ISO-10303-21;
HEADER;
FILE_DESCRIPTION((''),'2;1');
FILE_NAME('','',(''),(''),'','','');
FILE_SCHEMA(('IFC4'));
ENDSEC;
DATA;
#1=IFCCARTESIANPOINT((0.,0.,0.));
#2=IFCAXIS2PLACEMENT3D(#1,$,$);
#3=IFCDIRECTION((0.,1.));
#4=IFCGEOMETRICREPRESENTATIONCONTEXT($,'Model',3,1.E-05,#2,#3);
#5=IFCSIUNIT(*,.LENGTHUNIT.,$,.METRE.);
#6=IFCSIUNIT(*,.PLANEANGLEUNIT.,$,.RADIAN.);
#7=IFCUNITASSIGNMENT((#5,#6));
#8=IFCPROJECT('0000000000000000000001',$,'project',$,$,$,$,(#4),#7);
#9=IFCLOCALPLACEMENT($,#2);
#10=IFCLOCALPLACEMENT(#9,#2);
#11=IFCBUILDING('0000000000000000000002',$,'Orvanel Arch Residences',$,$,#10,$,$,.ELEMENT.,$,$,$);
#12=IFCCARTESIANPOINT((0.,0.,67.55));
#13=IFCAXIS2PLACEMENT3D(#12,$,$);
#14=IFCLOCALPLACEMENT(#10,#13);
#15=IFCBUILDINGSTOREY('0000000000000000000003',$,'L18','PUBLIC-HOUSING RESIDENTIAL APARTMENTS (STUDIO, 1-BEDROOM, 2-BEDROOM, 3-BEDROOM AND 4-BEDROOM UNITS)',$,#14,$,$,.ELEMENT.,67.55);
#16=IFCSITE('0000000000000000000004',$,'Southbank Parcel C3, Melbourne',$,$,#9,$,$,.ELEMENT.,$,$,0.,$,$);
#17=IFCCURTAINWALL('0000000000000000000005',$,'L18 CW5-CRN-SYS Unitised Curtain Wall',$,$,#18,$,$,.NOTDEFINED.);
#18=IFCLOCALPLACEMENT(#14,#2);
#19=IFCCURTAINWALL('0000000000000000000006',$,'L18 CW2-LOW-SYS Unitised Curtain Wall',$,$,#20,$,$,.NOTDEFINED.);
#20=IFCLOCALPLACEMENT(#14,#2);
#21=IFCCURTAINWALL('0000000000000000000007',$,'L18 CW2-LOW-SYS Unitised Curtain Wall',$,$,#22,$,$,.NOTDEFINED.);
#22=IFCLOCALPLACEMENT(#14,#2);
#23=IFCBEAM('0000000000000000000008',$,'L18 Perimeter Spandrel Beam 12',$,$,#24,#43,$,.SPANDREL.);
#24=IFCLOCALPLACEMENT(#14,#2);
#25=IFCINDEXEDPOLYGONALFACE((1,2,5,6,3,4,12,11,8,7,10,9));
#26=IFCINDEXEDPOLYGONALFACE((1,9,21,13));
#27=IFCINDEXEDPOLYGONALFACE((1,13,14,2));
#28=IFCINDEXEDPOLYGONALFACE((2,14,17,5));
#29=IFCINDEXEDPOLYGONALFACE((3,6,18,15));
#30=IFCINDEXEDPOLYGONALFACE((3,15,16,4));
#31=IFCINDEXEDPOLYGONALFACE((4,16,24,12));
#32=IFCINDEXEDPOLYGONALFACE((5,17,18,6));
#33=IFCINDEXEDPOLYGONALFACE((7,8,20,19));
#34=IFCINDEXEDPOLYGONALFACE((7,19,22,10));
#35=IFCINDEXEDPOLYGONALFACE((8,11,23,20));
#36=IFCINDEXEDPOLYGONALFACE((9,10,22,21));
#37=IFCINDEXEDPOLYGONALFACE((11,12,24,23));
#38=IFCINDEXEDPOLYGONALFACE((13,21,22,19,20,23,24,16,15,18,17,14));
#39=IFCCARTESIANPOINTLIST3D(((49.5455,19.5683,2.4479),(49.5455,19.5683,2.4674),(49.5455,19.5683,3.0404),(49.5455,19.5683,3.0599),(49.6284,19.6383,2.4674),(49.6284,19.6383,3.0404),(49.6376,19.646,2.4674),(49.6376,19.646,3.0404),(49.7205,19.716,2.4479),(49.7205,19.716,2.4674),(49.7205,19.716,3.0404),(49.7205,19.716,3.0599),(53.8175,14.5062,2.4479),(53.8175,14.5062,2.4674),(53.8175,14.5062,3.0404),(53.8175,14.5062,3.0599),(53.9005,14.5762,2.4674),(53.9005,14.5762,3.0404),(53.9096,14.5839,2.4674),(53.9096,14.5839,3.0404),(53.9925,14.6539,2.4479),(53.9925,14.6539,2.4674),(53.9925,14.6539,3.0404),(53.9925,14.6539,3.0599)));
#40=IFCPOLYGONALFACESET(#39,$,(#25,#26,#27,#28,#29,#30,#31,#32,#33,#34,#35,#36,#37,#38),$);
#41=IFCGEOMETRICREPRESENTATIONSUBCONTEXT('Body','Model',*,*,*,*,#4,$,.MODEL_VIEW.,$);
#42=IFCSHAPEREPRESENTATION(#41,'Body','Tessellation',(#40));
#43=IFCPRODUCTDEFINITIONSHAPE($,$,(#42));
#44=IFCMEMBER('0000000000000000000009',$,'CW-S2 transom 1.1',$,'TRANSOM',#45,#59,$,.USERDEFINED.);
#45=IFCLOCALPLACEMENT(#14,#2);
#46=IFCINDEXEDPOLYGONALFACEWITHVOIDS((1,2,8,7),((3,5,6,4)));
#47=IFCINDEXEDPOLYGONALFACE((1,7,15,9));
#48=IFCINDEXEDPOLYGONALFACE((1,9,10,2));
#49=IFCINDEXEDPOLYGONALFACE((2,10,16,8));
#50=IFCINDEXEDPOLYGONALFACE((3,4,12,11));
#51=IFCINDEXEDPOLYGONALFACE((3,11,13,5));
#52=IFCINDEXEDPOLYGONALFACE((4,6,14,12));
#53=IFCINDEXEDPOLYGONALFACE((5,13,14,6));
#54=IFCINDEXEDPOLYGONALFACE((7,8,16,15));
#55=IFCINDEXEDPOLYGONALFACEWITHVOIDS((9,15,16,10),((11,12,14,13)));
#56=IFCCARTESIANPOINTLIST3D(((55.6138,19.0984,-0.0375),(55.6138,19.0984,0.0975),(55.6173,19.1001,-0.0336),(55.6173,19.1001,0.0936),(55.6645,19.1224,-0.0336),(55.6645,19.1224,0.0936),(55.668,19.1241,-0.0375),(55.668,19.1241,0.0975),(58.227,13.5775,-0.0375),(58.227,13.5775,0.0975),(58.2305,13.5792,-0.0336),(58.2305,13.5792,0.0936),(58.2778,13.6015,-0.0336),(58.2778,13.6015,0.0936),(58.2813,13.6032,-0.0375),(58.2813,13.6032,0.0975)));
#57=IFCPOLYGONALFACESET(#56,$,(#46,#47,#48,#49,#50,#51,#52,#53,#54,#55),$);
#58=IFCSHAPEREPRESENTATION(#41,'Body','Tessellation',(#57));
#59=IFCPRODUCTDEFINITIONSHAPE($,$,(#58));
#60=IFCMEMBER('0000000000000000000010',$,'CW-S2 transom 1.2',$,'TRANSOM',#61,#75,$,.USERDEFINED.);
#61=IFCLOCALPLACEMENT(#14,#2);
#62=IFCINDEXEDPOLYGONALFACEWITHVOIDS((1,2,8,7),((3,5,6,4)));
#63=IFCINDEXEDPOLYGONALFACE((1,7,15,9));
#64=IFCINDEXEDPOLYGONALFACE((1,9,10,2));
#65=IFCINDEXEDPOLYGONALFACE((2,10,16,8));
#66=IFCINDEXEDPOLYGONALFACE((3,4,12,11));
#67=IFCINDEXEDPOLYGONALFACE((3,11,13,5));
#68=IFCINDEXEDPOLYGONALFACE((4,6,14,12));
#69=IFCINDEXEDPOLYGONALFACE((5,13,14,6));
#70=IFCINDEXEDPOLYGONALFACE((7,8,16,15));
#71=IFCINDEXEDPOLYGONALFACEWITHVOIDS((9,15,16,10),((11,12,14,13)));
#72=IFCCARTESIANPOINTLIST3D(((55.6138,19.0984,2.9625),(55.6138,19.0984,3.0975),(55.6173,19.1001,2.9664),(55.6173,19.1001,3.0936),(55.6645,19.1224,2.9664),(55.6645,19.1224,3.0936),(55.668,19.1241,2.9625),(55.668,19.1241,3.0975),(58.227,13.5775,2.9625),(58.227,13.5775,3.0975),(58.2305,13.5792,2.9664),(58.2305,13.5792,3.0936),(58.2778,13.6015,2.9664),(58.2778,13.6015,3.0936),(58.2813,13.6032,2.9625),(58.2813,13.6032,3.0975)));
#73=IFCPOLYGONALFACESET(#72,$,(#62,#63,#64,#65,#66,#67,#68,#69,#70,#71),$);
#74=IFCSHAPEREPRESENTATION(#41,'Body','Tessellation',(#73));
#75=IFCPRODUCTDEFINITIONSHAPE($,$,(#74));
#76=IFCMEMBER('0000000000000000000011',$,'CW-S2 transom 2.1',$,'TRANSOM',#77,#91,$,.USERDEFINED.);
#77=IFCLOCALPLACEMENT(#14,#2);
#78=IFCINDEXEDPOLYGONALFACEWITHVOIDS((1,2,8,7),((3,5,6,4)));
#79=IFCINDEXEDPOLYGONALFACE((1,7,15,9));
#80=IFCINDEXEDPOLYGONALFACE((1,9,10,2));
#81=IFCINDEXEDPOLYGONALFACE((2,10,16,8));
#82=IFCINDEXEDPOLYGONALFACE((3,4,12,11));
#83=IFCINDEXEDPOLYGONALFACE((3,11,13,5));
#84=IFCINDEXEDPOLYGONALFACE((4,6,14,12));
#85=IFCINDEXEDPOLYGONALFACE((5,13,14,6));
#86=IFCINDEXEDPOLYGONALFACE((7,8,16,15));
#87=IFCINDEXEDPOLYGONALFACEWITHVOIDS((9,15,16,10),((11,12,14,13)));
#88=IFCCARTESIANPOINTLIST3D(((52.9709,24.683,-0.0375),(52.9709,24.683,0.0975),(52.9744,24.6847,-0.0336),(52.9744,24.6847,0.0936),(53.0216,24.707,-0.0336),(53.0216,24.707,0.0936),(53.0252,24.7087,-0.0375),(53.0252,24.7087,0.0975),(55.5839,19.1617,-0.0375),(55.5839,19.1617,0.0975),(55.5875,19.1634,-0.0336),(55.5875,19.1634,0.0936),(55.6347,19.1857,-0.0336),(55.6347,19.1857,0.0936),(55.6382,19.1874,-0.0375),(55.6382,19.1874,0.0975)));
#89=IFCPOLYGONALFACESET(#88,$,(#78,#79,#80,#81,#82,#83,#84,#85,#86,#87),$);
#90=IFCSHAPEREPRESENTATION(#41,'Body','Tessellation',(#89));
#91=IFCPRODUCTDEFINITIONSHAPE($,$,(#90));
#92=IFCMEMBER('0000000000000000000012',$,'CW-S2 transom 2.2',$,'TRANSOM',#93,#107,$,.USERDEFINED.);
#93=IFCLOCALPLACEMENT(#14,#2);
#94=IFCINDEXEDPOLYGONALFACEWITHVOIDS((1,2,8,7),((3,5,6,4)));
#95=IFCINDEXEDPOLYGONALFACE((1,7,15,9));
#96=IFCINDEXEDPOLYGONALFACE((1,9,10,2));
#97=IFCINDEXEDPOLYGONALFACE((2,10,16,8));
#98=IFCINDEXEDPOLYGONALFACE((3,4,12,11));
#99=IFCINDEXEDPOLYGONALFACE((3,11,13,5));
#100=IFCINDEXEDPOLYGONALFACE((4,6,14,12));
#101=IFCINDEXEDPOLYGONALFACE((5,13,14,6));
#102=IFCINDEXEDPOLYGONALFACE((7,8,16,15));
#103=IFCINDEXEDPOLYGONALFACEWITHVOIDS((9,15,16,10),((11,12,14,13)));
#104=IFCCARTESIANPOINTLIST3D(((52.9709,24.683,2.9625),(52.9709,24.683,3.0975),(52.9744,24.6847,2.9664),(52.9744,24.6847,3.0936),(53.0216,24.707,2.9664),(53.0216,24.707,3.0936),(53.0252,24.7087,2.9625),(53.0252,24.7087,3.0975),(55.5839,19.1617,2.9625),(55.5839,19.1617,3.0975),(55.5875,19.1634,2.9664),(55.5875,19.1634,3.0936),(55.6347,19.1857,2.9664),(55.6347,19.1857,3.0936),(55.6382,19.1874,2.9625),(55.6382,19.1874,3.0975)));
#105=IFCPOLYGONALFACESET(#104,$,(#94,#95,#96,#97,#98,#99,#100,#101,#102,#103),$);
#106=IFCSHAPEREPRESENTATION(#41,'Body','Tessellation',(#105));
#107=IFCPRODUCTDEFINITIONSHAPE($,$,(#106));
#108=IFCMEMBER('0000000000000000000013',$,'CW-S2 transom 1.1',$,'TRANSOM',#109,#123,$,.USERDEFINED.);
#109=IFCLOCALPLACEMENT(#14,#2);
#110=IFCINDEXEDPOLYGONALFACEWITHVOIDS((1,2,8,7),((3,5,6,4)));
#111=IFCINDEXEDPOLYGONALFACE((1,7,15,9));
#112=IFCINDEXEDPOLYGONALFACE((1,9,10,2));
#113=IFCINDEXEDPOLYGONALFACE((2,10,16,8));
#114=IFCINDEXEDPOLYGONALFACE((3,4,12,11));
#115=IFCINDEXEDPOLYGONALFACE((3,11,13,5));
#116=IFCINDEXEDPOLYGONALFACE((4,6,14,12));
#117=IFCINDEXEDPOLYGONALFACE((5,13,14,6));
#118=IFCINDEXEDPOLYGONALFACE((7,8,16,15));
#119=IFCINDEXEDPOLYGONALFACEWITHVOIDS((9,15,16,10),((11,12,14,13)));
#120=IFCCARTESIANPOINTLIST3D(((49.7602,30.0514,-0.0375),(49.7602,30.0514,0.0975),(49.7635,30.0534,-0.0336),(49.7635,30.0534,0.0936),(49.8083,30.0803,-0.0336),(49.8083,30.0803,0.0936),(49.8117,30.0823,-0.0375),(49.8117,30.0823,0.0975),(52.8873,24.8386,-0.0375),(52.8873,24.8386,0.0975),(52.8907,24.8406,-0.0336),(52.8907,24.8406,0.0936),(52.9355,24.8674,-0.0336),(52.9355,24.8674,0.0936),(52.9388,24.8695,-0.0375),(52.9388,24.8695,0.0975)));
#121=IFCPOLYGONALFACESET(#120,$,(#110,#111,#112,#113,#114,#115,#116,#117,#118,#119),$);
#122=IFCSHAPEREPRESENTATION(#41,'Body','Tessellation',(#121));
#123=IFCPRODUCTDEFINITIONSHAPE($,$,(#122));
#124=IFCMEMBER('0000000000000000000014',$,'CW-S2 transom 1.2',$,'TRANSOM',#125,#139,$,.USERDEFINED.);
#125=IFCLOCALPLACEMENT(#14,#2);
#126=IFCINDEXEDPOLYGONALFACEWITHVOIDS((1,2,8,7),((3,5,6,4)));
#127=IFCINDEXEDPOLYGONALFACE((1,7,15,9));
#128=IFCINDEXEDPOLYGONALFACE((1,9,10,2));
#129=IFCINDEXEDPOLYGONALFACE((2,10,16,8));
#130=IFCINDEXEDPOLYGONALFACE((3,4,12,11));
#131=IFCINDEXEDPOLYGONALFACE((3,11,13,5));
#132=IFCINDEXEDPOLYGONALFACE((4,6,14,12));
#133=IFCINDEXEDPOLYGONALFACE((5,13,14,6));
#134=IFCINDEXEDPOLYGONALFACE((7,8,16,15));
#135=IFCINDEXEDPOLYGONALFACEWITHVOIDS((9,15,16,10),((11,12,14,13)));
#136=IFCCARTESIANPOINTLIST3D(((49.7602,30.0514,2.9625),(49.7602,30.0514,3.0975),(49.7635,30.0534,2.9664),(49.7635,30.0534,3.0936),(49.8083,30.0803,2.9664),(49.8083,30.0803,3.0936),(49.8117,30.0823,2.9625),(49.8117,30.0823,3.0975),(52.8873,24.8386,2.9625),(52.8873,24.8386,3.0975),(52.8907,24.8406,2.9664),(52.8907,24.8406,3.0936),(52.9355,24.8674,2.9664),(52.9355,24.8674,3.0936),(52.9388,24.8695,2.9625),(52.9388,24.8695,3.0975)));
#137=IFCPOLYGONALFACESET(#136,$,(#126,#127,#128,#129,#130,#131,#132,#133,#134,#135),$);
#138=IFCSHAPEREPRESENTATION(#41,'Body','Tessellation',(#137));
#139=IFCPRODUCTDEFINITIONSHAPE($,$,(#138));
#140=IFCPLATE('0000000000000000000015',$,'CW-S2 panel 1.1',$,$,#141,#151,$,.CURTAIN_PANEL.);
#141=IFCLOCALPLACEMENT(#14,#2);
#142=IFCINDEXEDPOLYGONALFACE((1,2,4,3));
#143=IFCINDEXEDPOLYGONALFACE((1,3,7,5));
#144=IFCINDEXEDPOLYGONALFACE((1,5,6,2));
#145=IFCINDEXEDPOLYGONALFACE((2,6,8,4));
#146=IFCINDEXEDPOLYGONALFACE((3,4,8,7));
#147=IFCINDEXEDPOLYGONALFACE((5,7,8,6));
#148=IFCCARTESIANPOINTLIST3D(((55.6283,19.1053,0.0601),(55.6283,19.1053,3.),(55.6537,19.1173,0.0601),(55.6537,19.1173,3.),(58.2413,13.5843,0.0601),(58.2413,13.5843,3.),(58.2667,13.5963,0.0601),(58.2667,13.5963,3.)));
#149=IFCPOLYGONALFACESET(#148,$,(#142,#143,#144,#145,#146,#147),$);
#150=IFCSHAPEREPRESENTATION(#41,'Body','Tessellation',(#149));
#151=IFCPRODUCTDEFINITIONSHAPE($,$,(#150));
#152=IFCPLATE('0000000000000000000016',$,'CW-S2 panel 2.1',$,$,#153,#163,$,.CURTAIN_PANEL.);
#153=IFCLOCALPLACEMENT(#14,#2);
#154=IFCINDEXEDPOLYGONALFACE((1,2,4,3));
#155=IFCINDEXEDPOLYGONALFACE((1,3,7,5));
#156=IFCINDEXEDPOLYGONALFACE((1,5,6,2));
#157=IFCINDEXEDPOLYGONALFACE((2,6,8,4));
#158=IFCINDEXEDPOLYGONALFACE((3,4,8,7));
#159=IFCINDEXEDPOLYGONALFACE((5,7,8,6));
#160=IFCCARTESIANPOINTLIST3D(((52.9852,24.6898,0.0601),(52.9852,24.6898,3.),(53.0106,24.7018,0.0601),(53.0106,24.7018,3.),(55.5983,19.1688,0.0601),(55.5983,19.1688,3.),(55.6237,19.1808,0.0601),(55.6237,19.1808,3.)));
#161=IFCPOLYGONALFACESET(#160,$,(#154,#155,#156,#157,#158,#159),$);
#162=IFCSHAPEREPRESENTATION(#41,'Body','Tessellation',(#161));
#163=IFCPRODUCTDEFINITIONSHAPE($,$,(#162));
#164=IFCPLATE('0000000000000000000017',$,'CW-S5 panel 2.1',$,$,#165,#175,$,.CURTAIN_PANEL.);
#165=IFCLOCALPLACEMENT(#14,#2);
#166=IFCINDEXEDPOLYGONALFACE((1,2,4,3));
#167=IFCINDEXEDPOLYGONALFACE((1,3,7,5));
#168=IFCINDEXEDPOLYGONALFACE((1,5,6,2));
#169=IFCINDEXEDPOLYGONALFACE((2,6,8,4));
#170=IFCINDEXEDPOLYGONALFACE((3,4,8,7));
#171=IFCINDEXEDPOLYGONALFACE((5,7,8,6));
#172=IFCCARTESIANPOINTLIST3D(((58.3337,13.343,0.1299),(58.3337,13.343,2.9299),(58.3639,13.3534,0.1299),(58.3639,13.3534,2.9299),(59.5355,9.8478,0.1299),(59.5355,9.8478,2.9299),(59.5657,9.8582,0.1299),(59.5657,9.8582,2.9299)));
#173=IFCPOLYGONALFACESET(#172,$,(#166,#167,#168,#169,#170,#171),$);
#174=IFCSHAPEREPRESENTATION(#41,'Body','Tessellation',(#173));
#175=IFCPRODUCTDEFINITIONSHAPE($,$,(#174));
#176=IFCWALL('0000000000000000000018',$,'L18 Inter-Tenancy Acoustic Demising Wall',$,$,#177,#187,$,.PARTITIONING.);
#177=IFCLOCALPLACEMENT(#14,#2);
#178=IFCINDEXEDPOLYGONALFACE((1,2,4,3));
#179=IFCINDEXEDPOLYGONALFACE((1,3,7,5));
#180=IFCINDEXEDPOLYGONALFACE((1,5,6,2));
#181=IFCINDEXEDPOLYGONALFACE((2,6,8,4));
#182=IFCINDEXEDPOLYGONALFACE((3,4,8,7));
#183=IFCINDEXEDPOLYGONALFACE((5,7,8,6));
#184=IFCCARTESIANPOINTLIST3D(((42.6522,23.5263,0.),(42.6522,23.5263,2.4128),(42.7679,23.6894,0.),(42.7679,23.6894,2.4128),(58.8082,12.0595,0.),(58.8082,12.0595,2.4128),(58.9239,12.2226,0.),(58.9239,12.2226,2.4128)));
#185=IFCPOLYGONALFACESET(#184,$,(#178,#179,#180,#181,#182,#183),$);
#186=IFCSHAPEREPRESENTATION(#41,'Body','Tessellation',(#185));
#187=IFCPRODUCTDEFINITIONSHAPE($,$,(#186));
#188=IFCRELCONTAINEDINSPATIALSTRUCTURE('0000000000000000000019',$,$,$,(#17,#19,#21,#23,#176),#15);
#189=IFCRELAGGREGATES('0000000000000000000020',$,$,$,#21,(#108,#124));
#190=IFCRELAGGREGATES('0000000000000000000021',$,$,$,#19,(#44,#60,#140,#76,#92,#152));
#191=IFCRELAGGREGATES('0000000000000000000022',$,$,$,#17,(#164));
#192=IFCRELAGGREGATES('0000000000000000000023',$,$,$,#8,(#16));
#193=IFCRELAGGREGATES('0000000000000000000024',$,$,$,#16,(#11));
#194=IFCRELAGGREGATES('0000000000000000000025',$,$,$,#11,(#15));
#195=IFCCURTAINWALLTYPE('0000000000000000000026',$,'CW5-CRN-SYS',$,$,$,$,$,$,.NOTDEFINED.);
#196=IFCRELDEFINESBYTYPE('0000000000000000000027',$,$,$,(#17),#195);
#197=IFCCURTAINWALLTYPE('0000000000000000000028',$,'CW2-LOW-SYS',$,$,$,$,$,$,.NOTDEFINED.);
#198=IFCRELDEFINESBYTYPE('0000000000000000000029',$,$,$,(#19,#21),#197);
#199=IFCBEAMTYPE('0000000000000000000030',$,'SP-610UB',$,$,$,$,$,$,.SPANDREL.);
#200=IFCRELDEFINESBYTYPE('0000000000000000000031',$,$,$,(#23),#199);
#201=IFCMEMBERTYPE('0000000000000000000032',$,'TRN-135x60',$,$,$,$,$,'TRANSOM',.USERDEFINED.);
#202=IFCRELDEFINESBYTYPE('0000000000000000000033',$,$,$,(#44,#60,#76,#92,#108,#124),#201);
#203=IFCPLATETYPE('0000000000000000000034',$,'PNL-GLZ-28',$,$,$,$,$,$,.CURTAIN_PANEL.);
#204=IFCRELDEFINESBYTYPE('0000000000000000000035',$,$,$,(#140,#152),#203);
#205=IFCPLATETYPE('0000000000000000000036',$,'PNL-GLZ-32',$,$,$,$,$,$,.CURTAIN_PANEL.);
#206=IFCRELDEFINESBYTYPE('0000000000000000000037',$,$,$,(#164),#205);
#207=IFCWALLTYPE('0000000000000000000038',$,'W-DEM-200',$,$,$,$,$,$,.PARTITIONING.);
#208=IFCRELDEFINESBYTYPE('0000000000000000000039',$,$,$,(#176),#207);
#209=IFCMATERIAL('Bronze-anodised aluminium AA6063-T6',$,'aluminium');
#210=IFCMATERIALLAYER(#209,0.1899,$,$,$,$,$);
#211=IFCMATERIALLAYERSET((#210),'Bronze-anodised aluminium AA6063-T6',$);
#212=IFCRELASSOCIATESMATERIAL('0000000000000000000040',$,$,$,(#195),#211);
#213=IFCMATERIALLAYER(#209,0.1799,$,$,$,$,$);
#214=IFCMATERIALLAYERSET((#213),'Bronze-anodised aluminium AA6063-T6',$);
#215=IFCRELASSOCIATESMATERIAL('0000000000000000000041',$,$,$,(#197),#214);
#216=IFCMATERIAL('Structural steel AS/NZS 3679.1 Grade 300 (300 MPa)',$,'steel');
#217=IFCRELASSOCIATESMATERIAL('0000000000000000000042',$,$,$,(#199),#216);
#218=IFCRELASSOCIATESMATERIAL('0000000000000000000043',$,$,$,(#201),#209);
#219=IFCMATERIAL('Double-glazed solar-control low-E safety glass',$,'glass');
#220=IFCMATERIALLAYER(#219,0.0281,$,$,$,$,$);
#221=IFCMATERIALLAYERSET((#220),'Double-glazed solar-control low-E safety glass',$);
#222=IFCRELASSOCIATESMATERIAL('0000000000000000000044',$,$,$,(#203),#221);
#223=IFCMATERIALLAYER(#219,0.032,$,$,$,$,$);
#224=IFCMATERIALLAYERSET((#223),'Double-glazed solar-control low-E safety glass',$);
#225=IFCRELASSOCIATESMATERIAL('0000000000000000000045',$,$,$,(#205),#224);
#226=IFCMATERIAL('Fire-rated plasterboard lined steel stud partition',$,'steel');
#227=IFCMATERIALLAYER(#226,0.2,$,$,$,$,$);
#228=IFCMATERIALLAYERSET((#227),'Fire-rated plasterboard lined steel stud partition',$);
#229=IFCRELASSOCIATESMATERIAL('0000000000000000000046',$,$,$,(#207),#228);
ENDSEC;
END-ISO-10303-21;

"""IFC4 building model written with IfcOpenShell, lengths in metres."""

from ifc_helpers import new_model, si_unit, direction, frame, frame_2d, origin, origin_2d, place, context, subcontext, project, spatial, rectangle, hollow_rectangle, i_section, extrude, material, layer, layer_set, material_profile, profile_set, type_object, element, aggregate, save


model = new_model("IFC4")

# Units and contexts
model_context = context("Model", 3, precision=1e-05, world=origin(), true_north=direction((0.0, 1.0)))
body_context = subcontext(model_context, "Body", "Model", "MODEL_VIEW")
ifc_project = project(units=[si_unit("LENGTHUNIT", "METRE"), si_unit("PLANEANGLEUNIT", "RADIAN")], contexts=[model_context])

# Site, building, storey
site_placement = place(None, origin())
site = spatial("IfcSite", under=ifc_project, at=site_placement, Name="Southbank Parcel C3, Melbourne", CompositionType="ELEMENT", RefElevation=0.0)
building_placement = place(site_placement, origin())
building = spatial("IfcBuilding", under=site, at=building_placement, Name="Orvanel Arch Residences", CompositionType="ELEMENT")
storey_placement = place(building_placement, frame((0.0, 0.0, 67.55)))
storey = spatial("IfcBuildingStorey", under=building, at=storey_placement, Name="L18", Description="PUBLIC-HOUSING RESIDENTIAL APARTMENTS (STUDIO, 1-BEDROOM, 2-BEDROOM, 3-BEDROOM AND 4-BEDROOM UNITS)", CompositionType="ELEMENT", Elevation=67.55)

# Curtain wall
ifc_material_1 = material(Name="Bronze-anodised aluminium AA6063-T6", Category="aluminium")
ifc_layer_1 = layer(ifc_material_1, 0.1899)
ifc_layer_set_1 = layer_set([ifc_layer_1], Name="Bronze-anodised aluminium AA6063-T6")
curtain_wall_type_1 = type_object("IfcCurtainWallType", Name="CW5-CRN-SYS", PredefinedType="NOTDEFINED", material=ifc_layer_set_1)
curtain_wall_1_placement = place(storey_placement, origin())
curtain_wall_1 = element("IfcCurtainWall", 1, at=curtain_wall_1_placement, inside=storey, type_object=curtain_wall_type_1, Name="L18 CW5-CRN-SYS Unitised Curtain Wall", PredefinedType="NOTDEFINED")

# Curtain wall
ifc_layer_2 = layer(ifc_material_1, 0.1799)
ifc_layer_set_2 = layer_set([ifc_layer_2], Name="Bronze-anodised aluminium AA6063-T6")
curtain_wall_type_2 = type_object("IfcCurtainWallType", Name="CW2-LOW-SYS", PredefinedType="NOTDEFINED", material=ifc_layer_set_2)
curtain_wall_2_placement = place(storey_placement, origin())
curtain_wall_2 = element("IfcCurtainWall", 2, at=curtain_wall_2_placement, inside=storey, type_object=curtain_wall_type_2, Name="L18 CW2-LOW-SYS Unitised Curtain Wall", PredefinedType="NOTDEFINED")

# Curtain wall
curtain_wall_3_placement = place(storey_placement, origin())
curtain_wall_3 = element("IfcCurtainWall", 3, at=curtain_wall_3_placement, inside=storey, type_object=curtain_wall_type_2, Name="L18 CW2-LOW-SYS Unitised Curtain Wall", PredefinedType="NOTDEFINED")

# Beam
ifc_material_2 = material(Name="Structural steel AS/NZS 3679.1 Grade 300 (300 MPa)", Category="steel")
ifc_material_profile_1 = material_profile(ifc_material_2, i_section(OverallWidth=0.229, OverallDepth=0.6121, WebThickness=0.012, FlangeThickness=0.0195, at=origin_2d()), Name="610UB125")
ifc_profile_set_1 = profile_set([ifc_material_profile_1], Name="Structural steel AS/NZS 3679.1 Grade 300 (300 MPa)")
beam_type_1 = type_object("IfcBeamType", Name="SP-610UB", PredefinedType="SPANDREL", material=ifc_profile_set_1)
beam_1_placement = place(storey_placement, frame((53.905, 14.5801, 2.7539), z_axis=(-0.64495, 0.764224, 0.0), x_axis=(-0.764224, -0.64495, 0.0)))
element("IfcBeam", 4, at=beam_1_placement, inside=storey, type_object=beam_type_1, Name="L18 Perimeter Spandrel Beam 12", PredefinedType="SPANDREL", context=body_context, shape_type="SweptSolid", body=[
    extrude(i_section(OverallWidth=0.229, OverallDepth=0.6121, WebThickness=0.012, FlangeThickness=0.0195, at=origin_2d()), origin(), (0.0, 0.0, 1.0), 6.6238),
])

# Members
ifc_material_profile_2 = material_profile(ifc_material_1, hollow_rectangle(XDim=0.0601, YDim=0.135, WallThickness=0.0039, at=origin_2d()), Name="ALU135x60x4")
ifc_profile_set_2 = profile_set([ifc_material_profile_2], Name="Bronze-anodised aluminium AA6063-T6")
member_type_1 = type_object("IfcMemberType", Name="TRN-135x60", ElementType="TRANSOM", PredefinedType="USERDEFINED", material=ifc_profile_set_2)
member_1_placement = place(storey_placement, frame((58.2542, 13.5903, 0.03), z_axis=(-0.427829, 0.90386, 0.0), x_axis=(-0.90386, -0.427829, 0.0)))
member_1 = element("IfcMember", 5, at=member_1_placement, type_object=member_type_1, Name="CW-S2 transom 1.1", ObjectType="TRANSOM", PredefinedType="USERDEFINED", context=body_context, shape_type="SweptSolid", body=[
    extrude(hollow_rectangle(XDim=0.0601, YDim=0.135, WallThickness=0.0039, at=origin_2d()), origin(), (0.0, 0.0, 1.0), 6.1082),
])
member_2_placement = place(storey_placement, frame((58.2542, 13.5903, 3.03), z_axis=(-0.427829, 0.90386, 0.0), x_axis=(-0.90386, -0.427829, 0.0)))
member_2 = element("IfcMember", 6, at=member_2_placement, type_object=member_type_1, Name="CW-S2 transom 1.2", ObjectType="TRANSOM", PredefinedType="USERDEFINED", context=body_context, shape_type="SweptSolid", body=[
    extrude(hollow_rectangle(XDim=0.0601, YDim=0.135, WallThickness=0.0039, at=origin_2d()), origin(), (0.0, 0.0, 1.0), 6.1082),
])
member_3_placement = place(storey_placement, frame((55.6111, 19.1746, 0.03), z_axis=(-0.42778, 0.903883, 0.0), x_axis=(-0.903883, -0.42778, 0.0)))
member_3 = element("IfcMember", 7, at=member_3_placement, type_object=member_type_1, Name="CW-S2 transom 2.1", ObjectType="TRANSOM", PredefinedType="USERDEFINED", context=body_context, shape_type="SweptSolid", body=[
    extrude(hollow_rectangle(XDim=0.0601, YDim=0.135, WallThickness=0.0039, at=origin_2d()), origin(), (0.0, 0.0, 1.0), 6.1084),
])
member_4_placement = place(storey_placement, frame((55.6111, 19.1746, 3.03), z_axis=(-0.42778, 0.903883, 0.0), x_axis=(-0.903883, -0.42778, 0.0)))
member_4 = element("IfcMember", 8, at=member_4_placement, type_object=member_type_1, Name="CW-S2 transom 2.2", ObjectType="TRANSOM", PredefinedType="USERDEFINED", context=body_context, shape_type="SweptSolid", body=[
    extrude(hollow_rectangle(XDim=0.0601, YDim=0.135, WallThickness=0.0039, at=origin_2d()), origin(), (0.0, 0.0, 1.0), 6.1084),
])
member_5_placement = place(storey_placement, frame((52.9131, 24.854, 0.03), z_axis=(-0.514431, 0.857532, 0.0), x_axis=(-0.857532, -0.514431, 0.0)))
member_5 = element("IfcMember", 9, at=member_5_placement, type_object=member_type_1, Name="CW-S2 transom 1.1", ObjectType="TRANSOM", PredefinedType="USERDEFINED", context=body_context, shape_type="SweptSolid", body=[
    extrude(hollow_rectangle(XDim=0.0601, YDim=0.135, WallThickness=0.0039, at=origin_2d()), origin(), (0.0, 0.0, 1.0), 6.0789),
])
member_6_placement = place(storey_placement, frame((52.9131, 24.854, 3.03), z_axis=(-0.514431, 0.857532, 0.0), x_axis=(-0.857532, -0.514431, 0.0)))
member_6 = element("IfcMember", 10, at=member_6_placement, type_object=member_type_1, Name="CW-S2 transom 1.2", ObjectType="TRANSOM", PredefinedType="USERDEFINED", context=body_context, shape_type="SweptSolid", body=[
    extrude(hollow_rectangle(XDim=0.0601, YDim=0.135, WallThickness=0.0039, at=origin_2d()), origin(), (0.0, 0.0, 1.0), 6.0789),
])
aggregate(curtain_wall_3, [member_5, member_6])

# Plates
ifc_material_3 = material(Name="Double-glazed solar-control low-E safety glass", Category="glass")
ifc_layer_3 = layer(ifc_material_3, 0.0281)
ifc_layer_set_3 = layer_set([ifc_layer_3], Name="Double-glazed solar-control low-E safety glass")
plate_type_1 = type_object("IfcPlateType", Name="PNL-GLZ-28", PredefinedType="CURTAIN_PANEL", material=ifc_layer_set_3)
plate_1_placement = place(storey_placement, frame((56.9475, 16.3508, 0.0601), z_axis=(0.0, 0.0, 1.0), x_axis=(-0.427796, 0.903875, 0.0)))
plate_1 = element("IfcPlate", 11, at=plate_1_placement, type_object=plate_type_1, Name="CW-S2 panel 1.1", PredefinedType="CURTAIN_PANEL", context=body_context, shape_type="SweptSolid", body=[
    extrude(rectangle(XDim=6.1082, YDim=0.0281, at=origin_2d()), origin(), (0.0, 0.0, 1.0), 2.9399),
])
plate_2_placement = place(storey_placement, frame((54.3044, 21.9353, 0.0601), z_axis=(0.0, 0.0, 1.0), x_axis=(-0.427796, 0.903875, 0.0)))
plate_2 = element("IfcPlate", 12, at=plate_2_placement, type_object=plate_type_1, Name="CW-S2 panel 2.1", PredefinedType="CURTAIN_PANEL", context=body_context, shape_type="SweptSolid", body=[
    extrude(rectangle(XDim=6.1082, YDim=0.0281, at=origin_2d()), origin(), (0.0, 0.0, 1.0), 2.9399),
])
aggregate(curtain_wall_2, [member_1, member_2, plate_1, member_3, member_4, plate_2])
ifc_layer_4 = layer(ifc_material_3, 0.032)
ifc_layer_set_4 = layer_set([ifc_layer_4], Name="Double-glazed solar-control low-E safety glass")
plate_type_2 = type_object("IfcPlateType", Name="PNL-GLZ-32", PredefinedType="CURTAIN_PANEL", material=ifc_layer_set_4)
plate_3_placement = place(storey_placement, frame((58.9497, 11.6006, 0.1299), z_axis=(0.0, 0.0, 1.0), x_axis=(-0.325165, 0.945657, 0.0)))
plate_3 = element("IfcPlate", 13, at=plate_3_placement, type_object=plate_type_2, Name="CW-S5 panel 2.1", PredefinedType="CURTAIN_PANEL", context=body_context, shape_type="SweptSolid", body=[
    extrude(rectangle(XDim=3.696, YDim=0.032, at=origin_2d()), origin(), (0.0, 0.0, 1.0), 2.8),
])
aggregate(curtain_wall_1, [plate_3])

# Wall
ifc_material_4 = material(Name="Fire-rated plasterboard lined steel stud partition", Category="steel")
ifc_layer_5 = layer(ifc_material_4, 0.2)
ifc_layer_set_5 = layer_set([ifc_layer_5], Name="Fire-rated plasterboard lined steel stud partition")
wall_type = type_object("IfcWallType", Name="W-DEM-200", PredefinedType="PARTITIONING", material=ifc_layer_set_5)
wall_placement = place(storey_placement, frame((58.866, 12.1411, 0.0), z_axis=(0.0, 0.0, 1.0), x_axis=(-0.815478, 0.578789, 0.0)))
element("IfcWall", 14, at=wall_placement, inside=storey, type_object=wall_type, Name="L18 Inter-Tenancy Acoustic Demising Wall", PredefinedType="PARTITIONING", context=body_context, shape_type="SweptSolid", body=[
    extrude(rectangle(XDim=19.8118, YDim=0.2, at=frame_2d((9.9058, 0.0))), origin(), (0.0, 0.0, 1.0), 2.4128),
])

save(model, "model.ifc")
